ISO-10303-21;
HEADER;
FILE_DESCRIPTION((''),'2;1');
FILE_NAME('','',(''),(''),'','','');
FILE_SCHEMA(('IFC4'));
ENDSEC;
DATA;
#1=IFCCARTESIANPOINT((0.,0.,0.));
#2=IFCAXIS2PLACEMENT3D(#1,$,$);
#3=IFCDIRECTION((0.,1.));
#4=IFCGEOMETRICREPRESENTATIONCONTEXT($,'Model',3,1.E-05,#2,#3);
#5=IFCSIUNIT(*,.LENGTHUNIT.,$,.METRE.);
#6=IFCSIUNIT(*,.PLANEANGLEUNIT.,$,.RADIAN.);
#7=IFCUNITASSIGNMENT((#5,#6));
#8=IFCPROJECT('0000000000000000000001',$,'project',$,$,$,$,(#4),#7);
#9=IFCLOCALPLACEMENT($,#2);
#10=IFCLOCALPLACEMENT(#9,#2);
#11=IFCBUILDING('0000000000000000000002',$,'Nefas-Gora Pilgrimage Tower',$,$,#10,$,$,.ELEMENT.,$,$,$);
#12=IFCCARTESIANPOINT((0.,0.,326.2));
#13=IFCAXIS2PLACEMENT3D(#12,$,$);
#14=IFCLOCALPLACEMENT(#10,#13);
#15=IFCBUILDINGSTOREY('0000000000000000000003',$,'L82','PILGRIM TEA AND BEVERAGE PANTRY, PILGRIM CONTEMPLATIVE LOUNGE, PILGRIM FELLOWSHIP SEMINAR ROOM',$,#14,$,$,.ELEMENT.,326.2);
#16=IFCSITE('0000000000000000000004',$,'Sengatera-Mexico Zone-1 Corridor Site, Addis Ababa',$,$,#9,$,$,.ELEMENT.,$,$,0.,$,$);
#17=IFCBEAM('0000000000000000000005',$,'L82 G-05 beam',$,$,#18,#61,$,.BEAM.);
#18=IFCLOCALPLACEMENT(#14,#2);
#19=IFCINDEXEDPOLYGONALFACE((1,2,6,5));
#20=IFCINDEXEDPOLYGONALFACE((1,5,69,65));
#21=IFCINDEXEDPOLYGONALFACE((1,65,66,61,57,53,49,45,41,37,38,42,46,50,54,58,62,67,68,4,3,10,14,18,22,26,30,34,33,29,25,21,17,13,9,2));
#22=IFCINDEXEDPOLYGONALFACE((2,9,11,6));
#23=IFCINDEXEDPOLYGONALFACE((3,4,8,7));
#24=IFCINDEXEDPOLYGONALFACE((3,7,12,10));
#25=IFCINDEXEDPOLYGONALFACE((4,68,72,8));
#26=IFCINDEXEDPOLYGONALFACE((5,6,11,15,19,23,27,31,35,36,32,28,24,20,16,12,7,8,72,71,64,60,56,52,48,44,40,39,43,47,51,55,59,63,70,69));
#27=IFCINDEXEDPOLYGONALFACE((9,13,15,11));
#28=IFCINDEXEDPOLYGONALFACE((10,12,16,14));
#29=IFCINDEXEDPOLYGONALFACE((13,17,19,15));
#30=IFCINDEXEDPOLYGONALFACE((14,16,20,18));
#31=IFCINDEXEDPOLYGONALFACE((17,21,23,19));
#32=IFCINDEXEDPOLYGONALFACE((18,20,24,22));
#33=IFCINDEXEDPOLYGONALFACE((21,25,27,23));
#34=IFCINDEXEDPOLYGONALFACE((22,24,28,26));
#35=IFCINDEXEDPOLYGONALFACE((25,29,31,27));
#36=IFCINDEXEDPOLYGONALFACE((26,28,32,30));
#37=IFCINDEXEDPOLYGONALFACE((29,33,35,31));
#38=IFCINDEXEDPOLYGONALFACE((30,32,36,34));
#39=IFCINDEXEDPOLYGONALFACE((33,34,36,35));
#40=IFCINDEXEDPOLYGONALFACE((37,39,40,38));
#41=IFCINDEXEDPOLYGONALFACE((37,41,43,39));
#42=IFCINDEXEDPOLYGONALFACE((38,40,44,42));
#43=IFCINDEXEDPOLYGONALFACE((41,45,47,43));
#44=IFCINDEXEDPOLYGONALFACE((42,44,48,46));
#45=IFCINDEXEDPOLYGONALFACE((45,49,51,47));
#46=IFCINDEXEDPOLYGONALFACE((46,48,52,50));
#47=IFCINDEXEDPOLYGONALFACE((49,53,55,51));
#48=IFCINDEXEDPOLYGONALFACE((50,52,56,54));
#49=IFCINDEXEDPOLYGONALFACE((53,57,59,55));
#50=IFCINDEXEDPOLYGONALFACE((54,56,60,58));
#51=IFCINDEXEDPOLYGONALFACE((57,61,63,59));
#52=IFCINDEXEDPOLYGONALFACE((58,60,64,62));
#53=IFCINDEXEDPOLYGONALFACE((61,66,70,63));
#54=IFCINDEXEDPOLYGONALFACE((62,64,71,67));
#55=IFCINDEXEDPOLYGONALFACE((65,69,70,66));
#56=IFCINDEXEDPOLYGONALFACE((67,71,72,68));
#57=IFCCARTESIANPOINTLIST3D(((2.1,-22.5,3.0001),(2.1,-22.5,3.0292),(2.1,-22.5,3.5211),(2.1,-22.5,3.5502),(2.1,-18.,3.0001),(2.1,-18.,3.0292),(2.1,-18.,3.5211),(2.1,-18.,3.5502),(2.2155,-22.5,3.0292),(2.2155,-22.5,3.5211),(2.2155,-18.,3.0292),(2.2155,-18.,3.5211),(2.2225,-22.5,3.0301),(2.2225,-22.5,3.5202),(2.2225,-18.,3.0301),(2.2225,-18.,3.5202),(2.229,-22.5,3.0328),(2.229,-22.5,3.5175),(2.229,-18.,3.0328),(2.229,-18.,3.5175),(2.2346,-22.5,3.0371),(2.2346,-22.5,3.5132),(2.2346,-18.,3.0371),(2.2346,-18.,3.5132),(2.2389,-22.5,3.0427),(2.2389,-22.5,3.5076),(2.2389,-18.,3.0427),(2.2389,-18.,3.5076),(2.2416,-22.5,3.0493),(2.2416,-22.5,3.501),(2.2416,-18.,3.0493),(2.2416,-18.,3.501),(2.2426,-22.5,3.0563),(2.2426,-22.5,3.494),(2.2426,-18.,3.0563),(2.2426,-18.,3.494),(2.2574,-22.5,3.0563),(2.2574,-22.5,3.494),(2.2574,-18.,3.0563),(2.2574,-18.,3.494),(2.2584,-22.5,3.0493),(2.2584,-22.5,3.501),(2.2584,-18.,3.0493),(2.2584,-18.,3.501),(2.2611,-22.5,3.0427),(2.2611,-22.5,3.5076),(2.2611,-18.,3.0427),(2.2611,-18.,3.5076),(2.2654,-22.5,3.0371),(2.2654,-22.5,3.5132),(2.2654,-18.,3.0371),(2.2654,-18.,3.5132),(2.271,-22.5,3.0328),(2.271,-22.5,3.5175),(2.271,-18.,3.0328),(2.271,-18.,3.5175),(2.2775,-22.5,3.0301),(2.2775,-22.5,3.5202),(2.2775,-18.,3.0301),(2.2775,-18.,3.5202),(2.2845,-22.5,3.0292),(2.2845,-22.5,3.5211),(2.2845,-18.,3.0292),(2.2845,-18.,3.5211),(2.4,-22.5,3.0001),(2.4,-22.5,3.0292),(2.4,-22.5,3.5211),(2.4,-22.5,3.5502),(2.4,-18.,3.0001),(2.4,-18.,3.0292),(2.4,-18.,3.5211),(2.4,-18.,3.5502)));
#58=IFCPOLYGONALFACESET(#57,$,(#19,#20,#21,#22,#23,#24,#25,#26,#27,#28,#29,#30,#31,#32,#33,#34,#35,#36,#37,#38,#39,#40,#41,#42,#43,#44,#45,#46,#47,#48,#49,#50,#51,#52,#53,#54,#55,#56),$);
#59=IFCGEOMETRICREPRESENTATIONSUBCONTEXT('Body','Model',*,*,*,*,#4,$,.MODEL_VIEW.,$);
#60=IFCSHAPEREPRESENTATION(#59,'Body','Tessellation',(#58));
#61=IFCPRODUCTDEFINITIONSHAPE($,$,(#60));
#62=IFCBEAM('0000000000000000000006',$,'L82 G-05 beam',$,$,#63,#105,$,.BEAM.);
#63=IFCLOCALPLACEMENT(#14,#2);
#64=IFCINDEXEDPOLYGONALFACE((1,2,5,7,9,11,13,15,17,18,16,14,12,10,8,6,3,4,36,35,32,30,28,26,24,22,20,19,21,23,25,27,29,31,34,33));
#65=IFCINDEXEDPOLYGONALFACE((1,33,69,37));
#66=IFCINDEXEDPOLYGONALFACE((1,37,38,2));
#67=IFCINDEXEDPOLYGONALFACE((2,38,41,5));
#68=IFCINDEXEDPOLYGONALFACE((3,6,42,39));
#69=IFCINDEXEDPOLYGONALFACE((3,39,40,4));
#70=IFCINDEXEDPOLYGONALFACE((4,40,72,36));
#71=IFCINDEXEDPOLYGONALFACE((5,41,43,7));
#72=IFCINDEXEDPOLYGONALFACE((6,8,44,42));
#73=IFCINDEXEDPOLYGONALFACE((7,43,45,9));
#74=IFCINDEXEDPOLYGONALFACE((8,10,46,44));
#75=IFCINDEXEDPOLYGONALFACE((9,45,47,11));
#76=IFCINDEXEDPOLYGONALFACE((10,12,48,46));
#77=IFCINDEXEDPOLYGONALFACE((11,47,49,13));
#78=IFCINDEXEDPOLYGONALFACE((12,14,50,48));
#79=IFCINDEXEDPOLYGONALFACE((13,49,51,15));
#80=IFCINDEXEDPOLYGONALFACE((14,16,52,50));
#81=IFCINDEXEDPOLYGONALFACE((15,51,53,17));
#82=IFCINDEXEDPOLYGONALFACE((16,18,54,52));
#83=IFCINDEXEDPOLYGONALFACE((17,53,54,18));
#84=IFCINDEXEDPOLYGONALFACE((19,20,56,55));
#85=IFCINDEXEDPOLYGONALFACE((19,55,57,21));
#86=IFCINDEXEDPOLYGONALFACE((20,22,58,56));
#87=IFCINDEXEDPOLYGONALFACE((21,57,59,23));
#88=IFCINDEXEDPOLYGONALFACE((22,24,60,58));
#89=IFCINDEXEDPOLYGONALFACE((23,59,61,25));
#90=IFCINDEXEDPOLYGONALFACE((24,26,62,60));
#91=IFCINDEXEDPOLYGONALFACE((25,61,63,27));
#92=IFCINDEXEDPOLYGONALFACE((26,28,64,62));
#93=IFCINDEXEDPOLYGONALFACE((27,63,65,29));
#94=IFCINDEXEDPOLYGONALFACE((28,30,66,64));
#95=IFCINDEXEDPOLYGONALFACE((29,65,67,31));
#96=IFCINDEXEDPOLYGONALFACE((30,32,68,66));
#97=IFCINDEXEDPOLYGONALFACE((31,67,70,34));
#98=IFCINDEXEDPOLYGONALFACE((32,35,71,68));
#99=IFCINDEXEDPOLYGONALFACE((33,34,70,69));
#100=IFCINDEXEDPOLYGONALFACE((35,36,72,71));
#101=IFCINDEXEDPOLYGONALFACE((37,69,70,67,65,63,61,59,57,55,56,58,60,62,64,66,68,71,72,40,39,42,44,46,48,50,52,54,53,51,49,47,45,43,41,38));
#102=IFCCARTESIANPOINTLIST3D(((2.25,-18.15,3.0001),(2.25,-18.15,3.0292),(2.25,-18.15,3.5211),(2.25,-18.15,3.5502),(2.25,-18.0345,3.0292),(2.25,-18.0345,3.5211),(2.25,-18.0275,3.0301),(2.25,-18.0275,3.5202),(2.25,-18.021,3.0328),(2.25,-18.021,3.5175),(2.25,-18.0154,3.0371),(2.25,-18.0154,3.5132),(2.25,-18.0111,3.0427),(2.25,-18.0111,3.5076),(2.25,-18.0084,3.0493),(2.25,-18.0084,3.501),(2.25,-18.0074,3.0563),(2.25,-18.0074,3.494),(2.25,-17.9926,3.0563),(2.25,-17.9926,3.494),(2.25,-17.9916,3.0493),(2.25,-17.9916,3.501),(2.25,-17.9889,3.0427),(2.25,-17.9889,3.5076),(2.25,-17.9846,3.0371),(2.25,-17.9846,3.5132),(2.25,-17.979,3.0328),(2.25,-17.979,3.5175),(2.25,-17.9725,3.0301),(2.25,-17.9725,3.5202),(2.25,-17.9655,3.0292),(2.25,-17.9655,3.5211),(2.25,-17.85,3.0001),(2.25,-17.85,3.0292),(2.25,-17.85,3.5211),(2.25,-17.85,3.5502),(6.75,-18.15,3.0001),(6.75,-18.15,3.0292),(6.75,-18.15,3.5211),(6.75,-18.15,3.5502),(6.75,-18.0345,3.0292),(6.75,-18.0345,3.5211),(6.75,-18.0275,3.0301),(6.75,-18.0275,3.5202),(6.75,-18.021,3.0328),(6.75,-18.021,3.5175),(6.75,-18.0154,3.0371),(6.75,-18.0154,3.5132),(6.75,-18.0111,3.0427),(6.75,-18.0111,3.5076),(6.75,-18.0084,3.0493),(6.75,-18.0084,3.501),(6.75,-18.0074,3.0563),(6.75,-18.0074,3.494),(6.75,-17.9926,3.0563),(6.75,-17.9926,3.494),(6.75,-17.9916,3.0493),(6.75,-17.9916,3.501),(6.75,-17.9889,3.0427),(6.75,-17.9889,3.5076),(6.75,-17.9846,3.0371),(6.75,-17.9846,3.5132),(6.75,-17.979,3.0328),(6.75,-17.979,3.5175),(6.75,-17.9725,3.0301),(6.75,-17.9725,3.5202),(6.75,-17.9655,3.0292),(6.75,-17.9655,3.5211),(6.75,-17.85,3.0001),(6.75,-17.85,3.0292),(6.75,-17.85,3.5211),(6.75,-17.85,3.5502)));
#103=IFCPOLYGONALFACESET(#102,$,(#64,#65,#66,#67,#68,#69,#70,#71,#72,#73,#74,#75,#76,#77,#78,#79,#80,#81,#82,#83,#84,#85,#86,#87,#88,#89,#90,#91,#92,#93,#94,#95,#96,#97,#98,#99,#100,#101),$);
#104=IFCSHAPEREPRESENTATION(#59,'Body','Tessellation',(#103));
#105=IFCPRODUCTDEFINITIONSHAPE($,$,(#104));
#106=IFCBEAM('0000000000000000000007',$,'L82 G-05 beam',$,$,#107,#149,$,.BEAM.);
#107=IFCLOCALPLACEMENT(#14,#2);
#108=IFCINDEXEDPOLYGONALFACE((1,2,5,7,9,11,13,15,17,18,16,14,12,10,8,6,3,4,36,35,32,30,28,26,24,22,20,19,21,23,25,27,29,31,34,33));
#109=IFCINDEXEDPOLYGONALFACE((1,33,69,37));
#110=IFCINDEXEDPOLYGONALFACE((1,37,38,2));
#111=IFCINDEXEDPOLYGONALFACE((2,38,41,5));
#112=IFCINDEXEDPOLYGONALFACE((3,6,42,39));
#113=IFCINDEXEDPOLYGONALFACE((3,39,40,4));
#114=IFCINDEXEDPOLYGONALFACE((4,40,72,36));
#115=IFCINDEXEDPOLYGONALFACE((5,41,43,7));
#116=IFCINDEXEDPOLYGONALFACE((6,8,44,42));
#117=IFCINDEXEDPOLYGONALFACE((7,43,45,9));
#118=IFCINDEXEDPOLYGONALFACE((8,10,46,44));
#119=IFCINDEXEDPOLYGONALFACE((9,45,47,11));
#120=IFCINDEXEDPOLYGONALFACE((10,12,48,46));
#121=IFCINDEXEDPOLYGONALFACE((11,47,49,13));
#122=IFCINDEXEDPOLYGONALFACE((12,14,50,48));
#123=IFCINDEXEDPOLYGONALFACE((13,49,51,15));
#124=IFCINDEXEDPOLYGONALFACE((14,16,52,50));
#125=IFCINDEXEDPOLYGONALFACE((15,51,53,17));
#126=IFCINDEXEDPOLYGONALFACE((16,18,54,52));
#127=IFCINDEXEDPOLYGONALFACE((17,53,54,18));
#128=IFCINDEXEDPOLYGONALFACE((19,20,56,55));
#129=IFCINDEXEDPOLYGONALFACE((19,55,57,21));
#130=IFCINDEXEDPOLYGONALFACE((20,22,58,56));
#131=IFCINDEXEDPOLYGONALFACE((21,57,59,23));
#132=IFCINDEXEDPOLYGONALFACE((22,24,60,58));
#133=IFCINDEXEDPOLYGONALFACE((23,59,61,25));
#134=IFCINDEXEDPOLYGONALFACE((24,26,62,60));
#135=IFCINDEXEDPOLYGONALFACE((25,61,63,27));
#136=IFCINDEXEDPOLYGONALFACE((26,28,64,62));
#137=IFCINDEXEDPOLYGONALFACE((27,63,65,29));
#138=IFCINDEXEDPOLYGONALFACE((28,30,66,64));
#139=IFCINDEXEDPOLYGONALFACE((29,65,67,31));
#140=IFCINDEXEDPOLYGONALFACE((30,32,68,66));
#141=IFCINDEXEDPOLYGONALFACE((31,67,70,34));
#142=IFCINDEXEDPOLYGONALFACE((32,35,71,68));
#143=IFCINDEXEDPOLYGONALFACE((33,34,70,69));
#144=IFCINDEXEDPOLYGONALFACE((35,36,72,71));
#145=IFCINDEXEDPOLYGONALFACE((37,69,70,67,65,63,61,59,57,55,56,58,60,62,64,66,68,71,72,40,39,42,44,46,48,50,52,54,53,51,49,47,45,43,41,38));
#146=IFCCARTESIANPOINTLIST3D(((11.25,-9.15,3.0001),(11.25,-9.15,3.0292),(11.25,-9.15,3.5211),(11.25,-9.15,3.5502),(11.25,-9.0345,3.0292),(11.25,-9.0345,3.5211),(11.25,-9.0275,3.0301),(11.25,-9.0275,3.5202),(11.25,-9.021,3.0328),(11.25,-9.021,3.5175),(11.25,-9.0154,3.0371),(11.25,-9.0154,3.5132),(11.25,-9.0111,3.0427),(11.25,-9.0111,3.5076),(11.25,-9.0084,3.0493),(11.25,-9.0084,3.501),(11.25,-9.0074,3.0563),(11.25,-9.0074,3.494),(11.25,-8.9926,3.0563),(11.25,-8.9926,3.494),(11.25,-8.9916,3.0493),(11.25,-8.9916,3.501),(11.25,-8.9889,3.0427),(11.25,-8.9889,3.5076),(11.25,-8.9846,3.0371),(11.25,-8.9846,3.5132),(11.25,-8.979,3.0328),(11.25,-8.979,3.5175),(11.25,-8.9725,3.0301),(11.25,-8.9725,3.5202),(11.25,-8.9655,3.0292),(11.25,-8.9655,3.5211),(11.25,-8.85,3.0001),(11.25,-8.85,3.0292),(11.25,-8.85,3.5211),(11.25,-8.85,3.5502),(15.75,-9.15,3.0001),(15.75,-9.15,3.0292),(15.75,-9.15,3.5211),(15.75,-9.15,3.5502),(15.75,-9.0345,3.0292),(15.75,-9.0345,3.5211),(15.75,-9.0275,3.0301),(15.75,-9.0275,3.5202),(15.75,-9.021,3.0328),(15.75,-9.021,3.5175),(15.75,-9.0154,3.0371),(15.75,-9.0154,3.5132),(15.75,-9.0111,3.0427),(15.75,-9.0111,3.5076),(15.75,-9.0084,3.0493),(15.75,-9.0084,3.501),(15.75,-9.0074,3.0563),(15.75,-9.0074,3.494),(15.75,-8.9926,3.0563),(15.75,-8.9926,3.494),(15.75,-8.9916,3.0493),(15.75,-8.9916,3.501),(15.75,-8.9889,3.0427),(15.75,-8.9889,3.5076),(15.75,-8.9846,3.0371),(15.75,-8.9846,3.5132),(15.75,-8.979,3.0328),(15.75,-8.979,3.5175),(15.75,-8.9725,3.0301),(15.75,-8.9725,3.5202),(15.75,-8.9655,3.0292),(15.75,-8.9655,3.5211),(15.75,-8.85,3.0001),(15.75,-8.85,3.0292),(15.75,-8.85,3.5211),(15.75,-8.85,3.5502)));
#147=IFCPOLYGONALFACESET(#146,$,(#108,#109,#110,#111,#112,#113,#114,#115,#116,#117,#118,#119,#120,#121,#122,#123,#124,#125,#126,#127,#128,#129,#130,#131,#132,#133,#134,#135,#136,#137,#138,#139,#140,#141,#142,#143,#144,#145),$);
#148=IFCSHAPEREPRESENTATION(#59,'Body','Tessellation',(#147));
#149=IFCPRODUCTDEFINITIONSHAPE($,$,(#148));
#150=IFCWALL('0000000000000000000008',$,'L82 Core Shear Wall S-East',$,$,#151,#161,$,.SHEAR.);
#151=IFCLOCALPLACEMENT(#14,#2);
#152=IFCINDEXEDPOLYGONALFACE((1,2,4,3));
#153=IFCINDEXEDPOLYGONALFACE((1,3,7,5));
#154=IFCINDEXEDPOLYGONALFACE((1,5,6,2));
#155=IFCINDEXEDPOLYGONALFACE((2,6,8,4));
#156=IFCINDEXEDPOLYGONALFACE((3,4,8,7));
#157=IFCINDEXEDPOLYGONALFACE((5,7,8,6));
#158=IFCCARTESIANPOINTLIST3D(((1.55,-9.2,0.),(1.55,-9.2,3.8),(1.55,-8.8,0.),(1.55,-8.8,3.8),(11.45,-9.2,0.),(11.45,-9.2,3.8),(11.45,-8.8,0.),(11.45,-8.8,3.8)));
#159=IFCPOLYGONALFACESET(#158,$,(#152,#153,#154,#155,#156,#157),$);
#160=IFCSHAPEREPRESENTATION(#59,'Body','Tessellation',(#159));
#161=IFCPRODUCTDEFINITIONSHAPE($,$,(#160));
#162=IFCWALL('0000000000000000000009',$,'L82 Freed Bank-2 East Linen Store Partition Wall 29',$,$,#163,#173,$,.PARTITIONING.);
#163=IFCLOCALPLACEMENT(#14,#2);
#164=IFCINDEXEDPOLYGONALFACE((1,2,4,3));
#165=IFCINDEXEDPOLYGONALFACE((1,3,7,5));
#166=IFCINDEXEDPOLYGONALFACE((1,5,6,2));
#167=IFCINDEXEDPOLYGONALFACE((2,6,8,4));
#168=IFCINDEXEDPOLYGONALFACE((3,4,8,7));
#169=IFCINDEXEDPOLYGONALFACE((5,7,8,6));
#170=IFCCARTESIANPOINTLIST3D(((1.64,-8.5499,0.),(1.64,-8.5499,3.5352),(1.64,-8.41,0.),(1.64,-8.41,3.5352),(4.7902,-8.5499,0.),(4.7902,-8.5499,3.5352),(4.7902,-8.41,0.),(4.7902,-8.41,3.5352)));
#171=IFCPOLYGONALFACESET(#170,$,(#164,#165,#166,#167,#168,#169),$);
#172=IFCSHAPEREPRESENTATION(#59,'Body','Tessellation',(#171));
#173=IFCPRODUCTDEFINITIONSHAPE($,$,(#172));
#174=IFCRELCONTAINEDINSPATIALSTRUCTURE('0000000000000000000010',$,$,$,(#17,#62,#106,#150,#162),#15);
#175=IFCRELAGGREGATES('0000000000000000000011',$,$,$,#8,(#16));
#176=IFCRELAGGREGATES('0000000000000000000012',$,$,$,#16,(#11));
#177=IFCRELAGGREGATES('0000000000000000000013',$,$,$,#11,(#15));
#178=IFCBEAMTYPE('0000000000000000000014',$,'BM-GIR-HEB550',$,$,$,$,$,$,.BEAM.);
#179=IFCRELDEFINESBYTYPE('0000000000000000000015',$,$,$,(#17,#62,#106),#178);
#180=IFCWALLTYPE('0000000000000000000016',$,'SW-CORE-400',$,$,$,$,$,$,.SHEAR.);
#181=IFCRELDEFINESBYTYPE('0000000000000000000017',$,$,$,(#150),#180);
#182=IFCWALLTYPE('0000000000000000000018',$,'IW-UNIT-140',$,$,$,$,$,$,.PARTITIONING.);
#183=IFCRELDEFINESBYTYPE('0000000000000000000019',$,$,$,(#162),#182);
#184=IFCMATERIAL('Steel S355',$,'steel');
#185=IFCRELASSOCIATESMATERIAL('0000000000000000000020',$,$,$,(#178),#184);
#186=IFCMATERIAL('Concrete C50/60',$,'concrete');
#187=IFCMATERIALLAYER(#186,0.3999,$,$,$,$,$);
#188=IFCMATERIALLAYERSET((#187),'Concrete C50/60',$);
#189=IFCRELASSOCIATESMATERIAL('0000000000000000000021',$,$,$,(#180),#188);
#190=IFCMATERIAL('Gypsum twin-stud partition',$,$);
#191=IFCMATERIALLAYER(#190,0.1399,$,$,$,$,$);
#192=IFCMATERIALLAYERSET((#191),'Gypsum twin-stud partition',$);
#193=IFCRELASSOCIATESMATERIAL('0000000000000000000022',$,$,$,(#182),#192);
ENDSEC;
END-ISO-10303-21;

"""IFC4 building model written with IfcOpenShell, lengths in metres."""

from ifc_helpers import new_model, si_unit, direction, frame, frame_2d, origin, origin_2d, place, context, subcontext, project, spatial, rectangle, i_section, extrude, source, transform, mapped, material, layer, layer_set, material_profile, profile_set, type_object, element, save


model = new_model("IFC4")

# Units and contexts
model_context = context("Model", 3, precision=1e-05, world=origin(), true_north=direction((0.0, 1.0)))
body_context = subcontext(model_context, "Body", "Model", "MODEL_VIEW")
ifc_project = project(units=[si_unit("LENGTHUNIT", "METRE"), si_unit("PLANEANGLEUNIT", "RADIAN")], contexts=[model_context])

# Site, building, storey
site_placement = place(None, origin())
site = spatial("IfcSite", under=ifc_project, at=site_placement, Name="Sengatera-Mexico Zone-1 Corridor Site, Addis Ababa", CompositionType="ELEMENT", RefElevation=0.0)
building_placement = place(site_placement, origin())
building = spatial("IfcBuilding", under=site, at=building_placement, Name="Nefas-Gora Pilgrimage Tower", CompositionType="ELEMENT")
storey_placement = place(building_placement, frame((0.0, 0.0, 326.2)))
storey = spatial("IfcBuildingStorey", under=building, at=storey_placement, Name="L82", Description="PILGRIM TEA AND BEVERAGE PANTRY, PILGRIM CONTEMPLATIVE LOUNGE, PILGRIM FELLOWSHIP SEMINAR ROOM", CompositionType="ELEMENT", Elevation=326.2)

# Shared definitions
ifc_material_1 = material(Name="Steel S355", Category="steel")
ifc_material_2 = material(Name="Concrete C50/60", Category="concrete")

# Beams
ifc_material_profile_1 = material_profile(ifc_material_1, i_section(OverallWidth=0.3, OverallDepth=0.55, WebThickness=0.0149, FlangeThickness=0.0291, FilletRadius=0.0271, at=origin_2d()), Name="HEB 550")
ifc_profile_set_1 = profile_set([ifc_material_profile_1], Name="Steel S355")
beam_type_1 = type_object("IfcBeamType", Name="BM-GIR-HEB550", PredefinedType="BEAM", material=ifc_profile_set_1)
shared_shape_1 = source(origin(), body_context, "Body", "SweptSolid", [
    extrude(i_section(OverallWidth=0.3, OverallDepth=0.55, WebThickness=0.0149, FlangeThickness=0.0291, FilletRadius=0.0271, at=origin_2d()), origin(), (0.0, 0.0, 1.0), 4.5),
])
for number, where, z_axis, x_axis, name in (
    (1, (2.25, -22.5, 3.2751), (0.0, 1.0, 0.0), (-1.0, 0.0, 0.0), "L82 G-05 beam"),
    (2, (2.25, -18.0, 3.2751), (1.0, 0.0, 0.0), (0.0, 1.0, 0.0), "L82 G-05 beam"),
    (3, (11.25, -9.0, 3.2751), (1.0, 0.0, 0.0), (0.0, 1.0, 0.0), "L82 G-05 beam"),
):
    element("IfcBeam", number, at=place(storey_placement, frame(where, z_axis=z_axis, x_axis=x_axis)), inside=storey, type_object=beam_type_1, Name=name, PredefinedType="BEAM", context=body_context, shape_type="MappedRepresentation", body=[
        mapped(shared_shape_1, transform((0.0, 0.0, 0.0), x_axis=(1.0, 0.0, 0.0), y_axis=(0.0, 1.0, 0.0), z_axis=(0.0, 0.0, 1.0), scale=1.0)),
    ])

# Walls
ifc_layer_1 = layer(ifc_material_2, 0.3999)
ifc_layer_set_1 = layer_set([ifc_layer_1], Name="Concrete C50/60")
wall_type_1 = type_object("IfcWallType", Name="SW-CORE-400", PredefinedType="SHEAR", material=ifc_layer_set_1)
shared_shape_2 = source(origin(), body_context, "Body", "SweptSolid", [
    extrude(rectangle(XDim=9.8999, YDim=0.3999, at=frame_2d((4.95, 0.0))), origin(), (0.0, 0.0, 1.0), 3.8),
])
wall_1_placement = place(storey_placement, frame((1.55, -9.0, 0.0), z_axis=(0.0, 0.0, 1.0), x_axis=(1.0, 0.0, 0.0)))
element("IfcWall", 4, at=wall_1_placement, inside=storey, type_object=wall_type_1, Name="L82 Core Shear Wall S-East", PredefinedType="SHEAR", context=body_context, shape_type="MappedRepresentation", body=[
    mapped(shared_shape_2, transform((0.0, 0.0, 0.0), x_axis=(1.0, 0.0, 0.0), y_axis=(0.0, 1.0, 0.0), z_axis=(0.0, 0.0, 1.0), scale=1.0)),
])
ifc_material_3 = material(Name="Gypsum twin-stud partition")
ifc_layer_2 = layer(ifc_material_3, 0.1399)
ifc_layer_set_2 = layer_set([ifc_layer_2], Name="Gypsum twin-stud partition")
wall_type_2 = type_object("IfcWallType", Name="IW-UNIT-140", PredefinedType="PARTITIONING", material=ifc_layer_set_2)
shared_shape_3 = source(origin(), body_context, "Body", "SweptSolid", [
    extrude(rectangle(XDim=3.1501, YDim=0.1399, at=frame_2d((1.5752, 0.0))), origin(), (0.0, 0.0, 1.0), 3.5352),
])
wall_2_placement = place(storey_placement, frame((1.6399, -8.48, 0.0), z_axis=(0.0, 0.0, 1.0), x_axis=(1.0, 0.0, 0.0)))
element("IfcWall", 5, at=wall_2_placement, inside=storey, type_object=wall_type_2, Name="L82 Freed Bank-2 East Linen Store Partition Wall 29", PredefinedType="PARTITIONING", context=body_context, shape_type="MappedRepresentation", body=[
    mapped(shared_shape_3, transform((0.0, 0.0, 0.0), x_axis=(1.0, 0.0, 0.0), y_axis=(0.0, 1.0, 0.0), z_axis=(0.0, 0.0, 1.0), scale=1.0)),
])

save(model, "model.ifc")
